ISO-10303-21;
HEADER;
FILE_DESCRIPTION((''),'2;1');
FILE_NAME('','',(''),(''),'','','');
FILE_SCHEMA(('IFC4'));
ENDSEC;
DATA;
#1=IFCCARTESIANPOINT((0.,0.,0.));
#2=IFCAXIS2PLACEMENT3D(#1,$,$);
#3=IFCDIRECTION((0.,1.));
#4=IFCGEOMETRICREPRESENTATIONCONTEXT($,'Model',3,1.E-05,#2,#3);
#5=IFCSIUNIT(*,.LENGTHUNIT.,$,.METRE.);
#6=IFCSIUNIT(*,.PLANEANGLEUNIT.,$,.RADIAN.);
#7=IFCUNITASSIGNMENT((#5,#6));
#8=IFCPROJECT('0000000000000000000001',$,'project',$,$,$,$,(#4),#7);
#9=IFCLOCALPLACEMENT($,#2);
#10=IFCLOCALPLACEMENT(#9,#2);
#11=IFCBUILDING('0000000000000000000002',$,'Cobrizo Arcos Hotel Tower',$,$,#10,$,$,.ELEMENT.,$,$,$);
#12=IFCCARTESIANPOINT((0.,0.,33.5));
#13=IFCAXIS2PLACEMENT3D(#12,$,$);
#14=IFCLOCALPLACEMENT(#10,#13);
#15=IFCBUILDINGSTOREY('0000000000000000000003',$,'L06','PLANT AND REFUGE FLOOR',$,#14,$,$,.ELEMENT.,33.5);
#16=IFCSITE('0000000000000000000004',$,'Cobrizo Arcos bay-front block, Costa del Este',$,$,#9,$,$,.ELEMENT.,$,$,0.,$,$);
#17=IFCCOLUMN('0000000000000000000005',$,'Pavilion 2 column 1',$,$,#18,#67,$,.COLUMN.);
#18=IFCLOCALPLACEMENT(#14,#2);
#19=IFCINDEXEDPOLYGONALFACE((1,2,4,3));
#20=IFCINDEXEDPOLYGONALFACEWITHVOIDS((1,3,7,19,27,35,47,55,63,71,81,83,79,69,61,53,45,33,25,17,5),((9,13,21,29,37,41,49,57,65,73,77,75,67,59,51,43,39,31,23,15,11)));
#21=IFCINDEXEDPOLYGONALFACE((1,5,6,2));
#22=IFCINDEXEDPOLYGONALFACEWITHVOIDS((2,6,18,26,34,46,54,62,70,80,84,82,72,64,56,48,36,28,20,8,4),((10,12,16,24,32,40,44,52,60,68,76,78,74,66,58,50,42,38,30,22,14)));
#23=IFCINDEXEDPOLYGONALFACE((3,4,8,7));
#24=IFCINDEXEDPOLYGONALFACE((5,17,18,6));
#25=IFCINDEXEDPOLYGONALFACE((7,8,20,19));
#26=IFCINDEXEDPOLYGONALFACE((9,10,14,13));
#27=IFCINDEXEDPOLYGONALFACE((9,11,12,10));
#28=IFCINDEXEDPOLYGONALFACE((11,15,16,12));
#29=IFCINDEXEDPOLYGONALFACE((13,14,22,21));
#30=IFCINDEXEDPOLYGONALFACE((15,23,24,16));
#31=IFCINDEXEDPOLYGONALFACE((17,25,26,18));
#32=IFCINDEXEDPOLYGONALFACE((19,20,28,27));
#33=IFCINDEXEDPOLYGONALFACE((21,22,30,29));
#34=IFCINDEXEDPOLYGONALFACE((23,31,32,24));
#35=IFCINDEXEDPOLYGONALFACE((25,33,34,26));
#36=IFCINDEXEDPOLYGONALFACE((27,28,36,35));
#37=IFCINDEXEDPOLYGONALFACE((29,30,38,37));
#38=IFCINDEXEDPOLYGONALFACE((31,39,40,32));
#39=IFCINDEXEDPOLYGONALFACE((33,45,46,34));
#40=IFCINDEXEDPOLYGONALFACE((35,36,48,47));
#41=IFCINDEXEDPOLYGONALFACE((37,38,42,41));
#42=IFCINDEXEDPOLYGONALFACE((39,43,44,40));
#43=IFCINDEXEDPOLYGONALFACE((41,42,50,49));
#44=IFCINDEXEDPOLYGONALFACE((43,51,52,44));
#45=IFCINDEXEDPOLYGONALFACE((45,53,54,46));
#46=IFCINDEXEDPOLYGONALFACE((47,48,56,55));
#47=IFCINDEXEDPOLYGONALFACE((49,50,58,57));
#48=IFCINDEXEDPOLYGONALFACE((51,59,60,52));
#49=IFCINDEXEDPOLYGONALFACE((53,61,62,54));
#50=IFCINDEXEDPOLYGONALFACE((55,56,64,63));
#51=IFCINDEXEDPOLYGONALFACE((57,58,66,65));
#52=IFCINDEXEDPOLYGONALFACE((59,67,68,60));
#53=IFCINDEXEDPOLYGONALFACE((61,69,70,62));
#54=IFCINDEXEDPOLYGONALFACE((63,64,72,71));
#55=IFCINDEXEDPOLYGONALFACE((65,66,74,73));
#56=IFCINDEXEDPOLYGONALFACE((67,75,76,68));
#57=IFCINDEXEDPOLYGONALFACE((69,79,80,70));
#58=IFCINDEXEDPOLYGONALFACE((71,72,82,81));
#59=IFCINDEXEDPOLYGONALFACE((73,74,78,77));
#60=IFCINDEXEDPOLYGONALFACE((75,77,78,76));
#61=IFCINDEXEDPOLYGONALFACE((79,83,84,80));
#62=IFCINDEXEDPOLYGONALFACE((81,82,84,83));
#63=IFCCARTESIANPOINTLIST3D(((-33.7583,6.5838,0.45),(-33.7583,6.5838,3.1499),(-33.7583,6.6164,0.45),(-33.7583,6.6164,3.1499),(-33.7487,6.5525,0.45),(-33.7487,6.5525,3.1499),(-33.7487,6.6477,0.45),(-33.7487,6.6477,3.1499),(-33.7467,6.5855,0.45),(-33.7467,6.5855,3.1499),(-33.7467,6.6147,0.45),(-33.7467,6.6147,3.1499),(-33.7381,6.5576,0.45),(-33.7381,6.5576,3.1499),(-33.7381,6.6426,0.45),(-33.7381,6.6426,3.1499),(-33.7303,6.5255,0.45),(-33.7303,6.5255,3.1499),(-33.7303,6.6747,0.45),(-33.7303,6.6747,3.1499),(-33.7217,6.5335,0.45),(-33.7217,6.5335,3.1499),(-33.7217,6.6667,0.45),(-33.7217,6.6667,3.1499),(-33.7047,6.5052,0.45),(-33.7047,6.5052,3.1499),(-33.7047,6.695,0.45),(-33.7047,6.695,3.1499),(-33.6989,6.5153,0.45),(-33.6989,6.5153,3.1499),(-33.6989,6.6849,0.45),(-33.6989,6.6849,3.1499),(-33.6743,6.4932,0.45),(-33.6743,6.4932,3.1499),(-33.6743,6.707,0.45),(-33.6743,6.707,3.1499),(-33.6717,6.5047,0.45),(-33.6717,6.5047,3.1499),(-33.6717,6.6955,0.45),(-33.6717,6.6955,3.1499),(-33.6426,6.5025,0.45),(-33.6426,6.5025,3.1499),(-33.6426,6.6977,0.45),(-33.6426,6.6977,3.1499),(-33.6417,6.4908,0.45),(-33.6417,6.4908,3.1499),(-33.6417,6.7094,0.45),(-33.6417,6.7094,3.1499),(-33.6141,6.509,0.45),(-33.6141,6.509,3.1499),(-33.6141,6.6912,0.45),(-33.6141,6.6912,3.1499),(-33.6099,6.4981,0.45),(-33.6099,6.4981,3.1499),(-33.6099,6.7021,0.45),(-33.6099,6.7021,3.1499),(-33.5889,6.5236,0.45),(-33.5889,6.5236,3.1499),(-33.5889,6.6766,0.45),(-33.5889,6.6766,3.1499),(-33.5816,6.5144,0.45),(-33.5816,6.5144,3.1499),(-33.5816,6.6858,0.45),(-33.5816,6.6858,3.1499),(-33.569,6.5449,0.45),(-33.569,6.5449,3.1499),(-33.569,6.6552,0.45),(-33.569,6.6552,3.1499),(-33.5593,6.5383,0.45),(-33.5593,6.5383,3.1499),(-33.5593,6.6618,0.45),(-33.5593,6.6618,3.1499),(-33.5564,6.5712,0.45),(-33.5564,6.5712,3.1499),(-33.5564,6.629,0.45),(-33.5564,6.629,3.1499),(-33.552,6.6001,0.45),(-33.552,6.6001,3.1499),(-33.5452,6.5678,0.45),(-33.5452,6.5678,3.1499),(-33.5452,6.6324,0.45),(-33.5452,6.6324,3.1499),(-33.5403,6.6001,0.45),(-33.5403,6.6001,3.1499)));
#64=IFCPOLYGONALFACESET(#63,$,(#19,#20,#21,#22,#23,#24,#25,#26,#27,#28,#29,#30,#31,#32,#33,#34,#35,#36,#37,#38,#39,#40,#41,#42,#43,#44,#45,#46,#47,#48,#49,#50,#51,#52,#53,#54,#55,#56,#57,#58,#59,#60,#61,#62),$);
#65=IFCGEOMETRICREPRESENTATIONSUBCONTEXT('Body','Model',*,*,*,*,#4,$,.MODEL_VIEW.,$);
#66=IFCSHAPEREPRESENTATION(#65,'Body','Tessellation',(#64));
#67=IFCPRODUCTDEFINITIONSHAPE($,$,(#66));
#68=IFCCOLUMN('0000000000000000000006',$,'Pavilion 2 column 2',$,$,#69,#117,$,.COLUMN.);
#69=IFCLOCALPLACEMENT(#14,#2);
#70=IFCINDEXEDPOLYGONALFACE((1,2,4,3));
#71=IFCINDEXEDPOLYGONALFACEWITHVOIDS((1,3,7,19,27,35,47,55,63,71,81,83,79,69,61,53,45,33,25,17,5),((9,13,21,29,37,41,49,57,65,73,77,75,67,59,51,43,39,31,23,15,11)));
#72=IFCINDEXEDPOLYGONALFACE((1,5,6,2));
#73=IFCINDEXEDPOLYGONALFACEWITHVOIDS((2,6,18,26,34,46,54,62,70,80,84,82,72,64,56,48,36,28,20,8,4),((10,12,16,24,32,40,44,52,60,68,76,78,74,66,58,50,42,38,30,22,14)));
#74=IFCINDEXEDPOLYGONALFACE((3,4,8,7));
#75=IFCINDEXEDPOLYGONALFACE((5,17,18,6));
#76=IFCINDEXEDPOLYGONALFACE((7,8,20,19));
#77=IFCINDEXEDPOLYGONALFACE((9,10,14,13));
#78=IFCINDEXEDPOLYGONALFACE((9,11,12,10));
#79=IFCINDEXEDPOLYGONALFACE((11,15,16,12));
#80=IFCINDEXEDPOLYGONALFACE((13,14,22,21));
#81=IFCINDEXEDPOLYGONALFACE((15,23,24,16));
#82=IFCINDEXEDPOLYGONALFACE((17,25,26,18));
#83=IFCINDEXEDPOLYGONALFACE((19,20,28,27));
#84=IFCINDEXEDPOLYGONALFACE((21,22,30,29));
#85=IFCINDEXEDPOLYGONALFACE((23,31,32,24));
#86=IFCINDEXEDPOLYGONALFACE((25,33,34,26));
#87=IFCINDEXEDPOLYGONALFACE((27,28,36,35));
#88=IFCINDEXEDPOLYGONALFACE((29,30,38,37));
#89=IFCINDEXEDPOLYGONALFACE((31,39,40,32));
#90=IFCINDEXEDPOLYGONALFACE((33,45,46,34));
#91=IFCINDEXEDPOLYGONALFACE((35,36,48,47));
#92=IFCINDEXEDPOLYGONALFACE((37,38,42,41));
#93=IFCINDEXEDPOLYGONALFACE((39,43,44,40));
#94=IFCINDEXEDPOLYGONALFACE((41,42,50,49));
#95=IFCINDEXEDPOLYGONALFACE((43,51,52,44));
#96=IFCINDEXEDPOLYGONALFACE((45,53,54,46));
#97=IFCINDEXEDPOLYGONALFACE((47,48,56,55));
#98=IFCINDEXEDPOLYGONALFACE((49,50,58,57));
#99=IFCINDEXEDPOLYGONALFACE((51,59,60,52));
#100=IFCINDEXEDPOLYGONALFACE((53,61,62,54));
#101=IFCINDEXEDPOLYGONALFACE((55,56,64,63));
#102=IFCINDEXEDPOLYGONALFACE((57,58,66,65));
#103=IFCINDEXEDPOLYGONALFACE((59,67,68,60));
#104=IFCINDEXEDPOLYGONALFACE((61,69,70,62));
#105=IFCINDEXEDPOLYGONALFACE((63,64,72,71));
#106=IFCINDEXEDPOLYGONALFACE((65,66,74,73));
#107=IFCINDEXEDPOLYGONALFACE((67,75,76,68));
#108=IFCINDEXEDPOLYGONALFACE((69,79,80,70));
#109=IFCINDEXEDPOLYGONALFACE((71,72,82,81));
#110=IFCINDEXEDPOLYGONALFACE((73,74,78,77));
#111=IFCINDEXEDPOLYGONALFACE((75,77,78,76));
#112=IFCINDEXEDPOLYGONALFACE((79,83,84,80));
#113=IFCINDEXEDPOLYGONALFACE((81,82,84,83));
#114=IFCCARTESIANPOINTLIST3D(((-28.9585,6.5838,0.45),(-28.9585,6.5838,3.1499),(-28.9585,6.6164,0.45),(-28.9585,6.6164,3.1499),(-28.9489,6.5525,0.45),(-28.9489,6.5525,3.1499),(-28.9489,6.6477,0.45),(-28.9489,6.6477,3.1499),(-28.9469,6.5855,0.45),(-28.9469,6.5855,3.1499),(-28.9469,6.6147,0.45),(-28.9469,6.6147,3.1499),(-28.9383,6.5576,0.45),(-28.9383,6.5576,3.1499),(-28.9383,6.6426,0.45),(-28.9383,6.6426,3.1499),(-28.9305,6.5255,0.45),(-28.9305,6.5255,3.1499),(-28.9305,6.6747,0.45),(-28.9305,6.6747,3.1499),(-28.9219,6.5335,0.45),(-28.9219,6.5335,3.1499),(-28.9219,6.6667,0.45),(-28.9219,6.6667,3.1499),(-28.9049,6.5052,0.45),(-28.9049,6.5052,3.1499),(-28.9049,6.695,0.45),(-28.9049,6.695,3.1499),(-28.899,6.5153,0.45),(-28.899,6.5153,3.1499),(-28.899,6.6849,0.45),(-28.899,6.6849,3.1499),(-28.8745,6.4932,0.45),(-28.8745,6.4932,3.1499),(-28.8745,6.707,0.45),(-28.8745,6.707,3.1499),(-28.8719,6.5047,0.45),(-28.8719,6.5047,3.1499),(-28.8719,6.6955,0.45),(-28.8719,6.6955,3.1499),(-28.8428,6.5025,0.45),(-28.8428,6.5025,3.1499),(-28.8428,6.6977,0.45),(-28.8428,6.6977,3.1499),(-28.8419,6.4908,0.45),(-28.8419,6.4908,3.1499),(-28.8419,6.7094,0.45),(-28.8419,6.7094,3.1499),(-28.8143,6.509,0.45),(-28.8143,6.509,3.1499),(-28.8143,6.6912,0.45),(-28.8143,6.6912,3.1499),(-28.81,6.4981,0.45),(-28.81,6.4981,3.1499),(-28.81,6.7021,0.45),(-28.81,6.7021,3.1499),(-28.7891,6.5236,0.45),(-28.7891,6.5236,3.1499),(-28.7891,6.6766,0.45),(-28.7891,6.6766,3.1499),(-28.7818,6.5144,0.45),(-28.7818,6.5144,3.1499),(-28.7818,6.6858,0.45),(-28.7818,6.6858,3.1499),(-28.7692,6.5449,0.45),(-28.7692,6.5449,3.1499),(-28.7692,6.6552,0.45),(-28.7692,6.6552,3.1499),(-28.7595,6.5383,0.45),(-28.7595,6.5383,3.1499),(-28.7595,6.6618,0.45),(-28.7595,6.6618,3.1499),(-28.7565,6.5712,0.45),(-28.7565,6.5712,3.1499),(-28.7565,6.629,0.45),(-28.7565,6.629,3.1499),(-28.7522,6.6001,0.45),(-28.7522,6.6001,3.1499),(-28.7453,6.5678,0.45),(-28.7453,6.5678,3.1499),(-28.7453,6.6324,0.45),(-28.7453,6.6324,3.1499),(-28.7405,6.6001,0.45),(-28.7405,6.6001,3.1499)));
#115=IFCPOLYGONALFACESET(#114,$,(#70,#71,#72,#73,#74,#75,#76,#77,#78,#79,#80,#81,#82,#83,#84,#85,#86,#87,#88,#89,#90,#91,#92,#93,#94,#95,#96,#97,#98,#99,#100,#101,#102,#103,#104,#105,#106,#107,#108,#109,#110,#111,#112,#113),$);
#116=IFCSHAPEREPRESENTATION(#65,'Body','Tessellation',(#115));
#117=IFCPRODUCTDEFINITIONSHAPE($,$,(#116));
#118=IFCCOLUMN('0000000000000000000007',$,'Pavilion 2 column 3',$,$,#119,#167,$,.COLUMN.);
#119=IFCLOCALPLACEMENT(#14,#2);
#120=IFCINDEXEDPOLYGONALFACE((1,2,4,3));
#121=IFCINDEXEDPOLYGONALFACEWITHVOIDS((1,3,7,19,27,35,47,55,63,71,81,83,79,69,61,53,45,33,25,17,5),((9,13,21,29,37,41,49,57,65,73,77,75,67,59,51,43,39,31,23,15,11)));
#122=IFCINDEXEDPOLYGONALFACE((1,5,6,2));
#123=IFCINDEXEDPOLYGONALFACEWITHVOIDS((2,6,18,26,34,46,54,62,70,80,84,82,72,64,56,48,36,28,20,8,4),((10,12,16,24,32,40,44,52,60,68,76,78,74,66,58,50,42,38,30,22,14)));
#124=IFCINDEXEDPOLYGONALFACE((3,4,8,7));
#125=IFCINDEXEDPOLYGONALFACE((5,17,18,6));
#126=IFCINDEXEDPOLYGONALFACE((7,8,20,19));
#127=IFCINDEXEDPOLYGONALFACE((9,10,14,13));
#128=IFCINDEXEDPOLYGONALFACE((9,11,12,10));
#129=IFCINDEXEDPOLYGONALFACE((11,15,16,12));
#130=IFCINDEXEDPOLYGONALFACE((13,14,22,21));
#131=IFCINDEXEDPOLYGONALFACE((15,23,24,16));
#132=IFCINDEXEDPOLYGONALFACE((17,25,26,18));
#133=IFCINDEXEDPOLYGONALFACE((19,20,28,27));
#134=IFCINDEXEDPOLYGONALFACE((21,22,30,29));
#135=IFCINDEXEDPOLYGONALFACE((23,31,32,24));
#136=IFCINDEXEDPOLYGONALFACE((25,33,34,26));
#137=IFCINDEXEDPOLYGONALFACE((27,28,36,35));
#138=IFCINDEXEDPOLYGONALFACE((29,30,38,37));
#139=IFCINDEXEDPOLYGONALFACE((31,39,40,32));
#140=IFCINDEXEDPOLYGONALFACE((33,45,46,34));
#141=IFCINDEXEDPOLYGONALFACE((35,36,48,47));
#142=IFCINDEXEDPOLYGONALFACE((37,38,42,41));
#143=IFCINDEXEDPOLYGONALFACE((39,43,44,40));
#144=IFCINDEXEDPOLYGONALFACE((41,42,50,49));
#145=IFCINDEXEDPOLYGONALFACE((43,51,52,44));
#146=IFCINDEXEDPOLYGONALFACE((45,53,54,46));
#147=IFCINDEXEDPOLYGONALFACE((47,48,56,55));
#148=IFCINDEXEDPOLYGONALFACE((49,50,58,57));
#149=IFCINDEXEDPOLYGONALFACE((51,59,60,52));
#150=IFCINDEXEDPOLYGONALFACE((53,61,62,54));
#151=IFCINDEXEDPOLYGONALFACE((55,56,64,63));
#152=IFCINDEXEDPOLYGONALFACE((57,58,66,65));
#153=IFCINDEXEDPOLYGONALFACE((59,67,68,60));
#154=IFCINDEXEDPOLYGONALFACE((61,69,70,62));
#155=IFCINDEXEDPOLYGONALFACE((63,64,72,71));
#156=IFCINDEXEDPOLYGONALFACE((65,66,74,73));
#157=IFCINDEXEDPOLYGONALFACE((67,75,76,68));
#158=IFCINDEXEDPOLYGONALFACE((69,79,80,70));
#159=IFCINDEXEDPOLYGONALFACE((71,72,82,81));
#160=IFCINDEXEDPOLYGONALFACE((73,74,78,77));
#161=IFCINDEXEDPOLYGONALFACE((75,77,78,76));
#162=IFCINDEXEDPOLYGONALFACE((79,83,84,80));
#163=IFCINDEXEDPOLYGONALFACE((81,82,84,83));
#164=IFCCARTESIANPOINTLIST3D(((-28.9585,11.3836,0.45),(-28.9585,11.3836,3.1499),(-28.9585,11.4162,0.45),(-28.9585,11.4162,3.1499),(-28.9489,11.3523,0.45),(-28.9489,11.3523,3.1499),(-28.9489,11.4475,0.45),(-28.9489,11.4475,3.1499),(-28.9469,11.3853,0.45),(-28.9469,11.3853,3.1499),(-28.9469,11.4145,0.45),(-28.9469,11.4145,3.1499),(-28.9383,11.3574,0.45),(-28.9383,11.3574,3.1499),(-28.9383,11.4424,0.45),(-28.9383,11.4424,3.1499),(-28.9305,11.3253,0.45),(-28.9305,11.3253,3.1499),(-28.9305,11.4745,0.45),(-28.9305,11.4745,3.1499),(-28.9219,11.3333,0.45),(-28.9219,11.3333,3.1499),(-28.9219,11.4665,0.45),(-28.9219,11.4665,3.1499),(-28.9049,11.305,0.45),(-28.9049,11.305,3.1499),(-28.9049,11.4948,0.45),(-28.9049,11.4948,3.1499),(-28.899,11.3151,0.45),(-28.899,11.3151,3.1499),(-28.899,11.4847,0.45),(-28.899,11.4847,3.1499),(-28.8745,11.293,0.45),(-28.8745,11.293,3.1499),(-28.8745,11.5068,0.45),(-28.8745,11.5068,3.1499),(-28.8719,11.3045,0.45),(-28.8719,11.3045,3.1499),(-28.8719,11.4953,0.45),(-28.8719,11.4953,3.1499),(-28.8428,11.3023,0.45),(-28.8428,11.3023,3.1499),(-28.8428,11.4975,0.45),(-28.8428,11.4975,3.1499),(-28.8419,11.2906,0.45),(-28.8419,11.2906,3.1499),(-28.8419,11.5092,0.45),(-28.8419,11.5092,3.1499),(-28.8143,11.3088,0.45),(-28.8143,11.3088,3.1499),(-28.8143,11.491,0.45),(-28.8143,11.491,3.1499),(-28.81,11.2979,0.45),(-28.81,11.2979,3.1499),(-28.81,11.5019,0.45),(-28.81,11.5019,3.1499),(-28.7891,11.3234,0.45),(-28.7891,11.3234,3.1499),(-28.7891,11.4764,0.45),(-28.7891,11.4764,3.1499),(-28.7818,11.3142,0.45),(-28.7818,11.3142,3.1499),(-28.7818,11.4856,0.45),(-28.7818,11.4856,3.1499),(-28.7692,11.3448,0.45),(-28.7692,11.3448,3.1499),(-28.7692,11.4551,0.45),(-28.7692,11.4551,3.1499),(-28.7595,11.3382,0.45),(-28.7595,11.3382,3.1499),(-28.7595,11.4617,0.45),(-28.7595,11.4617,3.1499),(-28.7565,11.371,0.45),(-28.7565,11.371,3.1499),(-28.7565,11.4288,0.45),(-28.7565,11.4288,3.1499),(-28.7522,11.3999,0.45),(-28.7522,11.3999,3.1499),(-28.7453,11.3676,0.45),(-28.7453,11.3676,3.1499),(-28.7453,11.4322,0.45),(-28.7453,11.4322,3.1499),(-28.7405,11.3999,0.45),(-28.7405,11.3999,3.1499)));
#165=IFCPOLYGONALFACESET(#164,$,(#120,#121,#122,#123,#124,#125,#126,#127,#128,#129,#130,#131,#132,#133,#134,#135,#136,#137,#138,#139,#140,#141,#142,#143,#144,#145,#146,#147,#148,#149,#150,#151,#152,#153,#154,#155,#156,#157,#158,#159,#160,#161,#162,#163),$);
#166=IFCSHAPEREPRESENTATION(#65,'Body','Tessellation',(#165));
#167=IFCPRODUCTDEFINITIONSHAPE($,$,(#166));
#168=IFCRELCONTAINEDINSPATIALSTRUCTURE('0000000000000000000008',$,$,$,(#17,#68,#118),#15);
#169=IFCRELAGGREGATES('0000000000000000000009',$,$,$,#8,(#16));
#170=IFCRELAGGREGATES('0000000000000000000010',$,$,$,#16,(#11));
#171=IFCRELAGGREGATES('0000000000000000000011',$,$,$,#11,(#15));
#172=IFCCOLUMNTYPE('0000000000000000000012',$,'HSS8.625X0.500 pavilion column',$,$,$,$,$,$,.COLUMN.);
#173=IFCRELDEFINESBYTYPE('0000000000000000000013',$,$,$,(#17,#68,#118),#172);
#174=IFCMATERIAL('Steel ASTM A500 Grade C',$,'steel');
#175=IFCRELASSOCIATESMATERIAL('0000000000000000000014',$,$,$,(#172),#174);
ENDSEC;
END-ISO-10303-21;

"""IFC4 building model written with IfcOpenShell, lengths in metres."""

from ifc_helpers import new_model, si_unit, direction, frame, origin, origin_2d, place, context, subcontext, project, spatial, hollow_circle, extrude, material, material_profile, profile_set, type_object, element, save


model = new_model("IFC4")

# Units and contexts
model_context = context("Model", 3, precision=1e-05, world=origin(), true_north=direction((0.0, 1.0)))
body_context = subcontext(model_context, "Body", "Model", "MODEL_VIEW")
ifc_project = project(units=[si_unit("LENGTHUNIT", "METRE"), si_unit("PLANEANGLEUNIT", "RADIAN")], contexts=[model_context])

# Site, building, storey
site_placement = place(None, origin())
site = spatial("IfcSite", under=ifc_project, at=site_placement, Name="Cobrizo Arcos bay-front block, Costa del Este", CompositionType="ELEMENT", RefElevation=0.0)
building_placement = place(site_placement, origin())
building = spatial("IfcBuilding", under=site, at=building_placement, Name="Cobrizo Arcos Hotel Tower", CompositionType="ELEMENT")
storey_placement = place(building_placement, frame((0.0, 0.0, 33.5)))
storey = spatial("IfcBuildingStorey", under=building, at=storey_placement, Name="L06", Description="PLANT AND REFUGE FLOOR", CompositionType="ELEMENT", Elevation=33.5)

# Columns
ifc_material_1 = material(Name="Steel ASTM A500 Grade C", Category="steel")
ifc_material_profile_1 = material_profile(ifc_material_1, hollow_circle(Radius=0.1096, WallThickness=0.0117, at=origin_2d()), Name="HSS8.625X0.500")
ifc_profile_set_1 = profile_set([ifc_material_profile_1], Name="Steel ASTM A500 Grade C")
column_type = type_object("IfcColumnType", Name="HSS8.625X0.500 pavilion column", PredefinedType="COLUMN", material=ifc_profile_set_1)
for number, where, z_axis, x_axis, name in (
    (1, (-33.6499, 6.6001, 0.45), (0.0, 0.0, 1.0), (1.0, 0.0, 0.0), "Pavilion 2 column 1"),
    (2, (-28.8501, 6.6001, 0.45), (0.0, 0.0, 1.0), (1.0, 0.0, 0.0), "Pavilion 2 column 2"),
    (3, (-28.8501, 11.3999, 0.45), (0.0, 0.0, 1.0), (1.0, 0.0, 0.0), "Pavilion 2 column 3"),
):
    element("IfcColumn", number, at=place(storey_placement, frame(where, z_axis=z_axis, x_axis=x_axis)), inside=storey, type_object=column_type, Name=name, PredefinedType="COLUMN", context=body_context, shape_type="SweptSolid", body=[
        extrude(hollow_circle(Radius=0.1096, WallThickness=0.0117, at=origin_2d()), origin(), (0.0, 0.0, 1.0), 2.7),
    ])

save(model, "model.ifc")
